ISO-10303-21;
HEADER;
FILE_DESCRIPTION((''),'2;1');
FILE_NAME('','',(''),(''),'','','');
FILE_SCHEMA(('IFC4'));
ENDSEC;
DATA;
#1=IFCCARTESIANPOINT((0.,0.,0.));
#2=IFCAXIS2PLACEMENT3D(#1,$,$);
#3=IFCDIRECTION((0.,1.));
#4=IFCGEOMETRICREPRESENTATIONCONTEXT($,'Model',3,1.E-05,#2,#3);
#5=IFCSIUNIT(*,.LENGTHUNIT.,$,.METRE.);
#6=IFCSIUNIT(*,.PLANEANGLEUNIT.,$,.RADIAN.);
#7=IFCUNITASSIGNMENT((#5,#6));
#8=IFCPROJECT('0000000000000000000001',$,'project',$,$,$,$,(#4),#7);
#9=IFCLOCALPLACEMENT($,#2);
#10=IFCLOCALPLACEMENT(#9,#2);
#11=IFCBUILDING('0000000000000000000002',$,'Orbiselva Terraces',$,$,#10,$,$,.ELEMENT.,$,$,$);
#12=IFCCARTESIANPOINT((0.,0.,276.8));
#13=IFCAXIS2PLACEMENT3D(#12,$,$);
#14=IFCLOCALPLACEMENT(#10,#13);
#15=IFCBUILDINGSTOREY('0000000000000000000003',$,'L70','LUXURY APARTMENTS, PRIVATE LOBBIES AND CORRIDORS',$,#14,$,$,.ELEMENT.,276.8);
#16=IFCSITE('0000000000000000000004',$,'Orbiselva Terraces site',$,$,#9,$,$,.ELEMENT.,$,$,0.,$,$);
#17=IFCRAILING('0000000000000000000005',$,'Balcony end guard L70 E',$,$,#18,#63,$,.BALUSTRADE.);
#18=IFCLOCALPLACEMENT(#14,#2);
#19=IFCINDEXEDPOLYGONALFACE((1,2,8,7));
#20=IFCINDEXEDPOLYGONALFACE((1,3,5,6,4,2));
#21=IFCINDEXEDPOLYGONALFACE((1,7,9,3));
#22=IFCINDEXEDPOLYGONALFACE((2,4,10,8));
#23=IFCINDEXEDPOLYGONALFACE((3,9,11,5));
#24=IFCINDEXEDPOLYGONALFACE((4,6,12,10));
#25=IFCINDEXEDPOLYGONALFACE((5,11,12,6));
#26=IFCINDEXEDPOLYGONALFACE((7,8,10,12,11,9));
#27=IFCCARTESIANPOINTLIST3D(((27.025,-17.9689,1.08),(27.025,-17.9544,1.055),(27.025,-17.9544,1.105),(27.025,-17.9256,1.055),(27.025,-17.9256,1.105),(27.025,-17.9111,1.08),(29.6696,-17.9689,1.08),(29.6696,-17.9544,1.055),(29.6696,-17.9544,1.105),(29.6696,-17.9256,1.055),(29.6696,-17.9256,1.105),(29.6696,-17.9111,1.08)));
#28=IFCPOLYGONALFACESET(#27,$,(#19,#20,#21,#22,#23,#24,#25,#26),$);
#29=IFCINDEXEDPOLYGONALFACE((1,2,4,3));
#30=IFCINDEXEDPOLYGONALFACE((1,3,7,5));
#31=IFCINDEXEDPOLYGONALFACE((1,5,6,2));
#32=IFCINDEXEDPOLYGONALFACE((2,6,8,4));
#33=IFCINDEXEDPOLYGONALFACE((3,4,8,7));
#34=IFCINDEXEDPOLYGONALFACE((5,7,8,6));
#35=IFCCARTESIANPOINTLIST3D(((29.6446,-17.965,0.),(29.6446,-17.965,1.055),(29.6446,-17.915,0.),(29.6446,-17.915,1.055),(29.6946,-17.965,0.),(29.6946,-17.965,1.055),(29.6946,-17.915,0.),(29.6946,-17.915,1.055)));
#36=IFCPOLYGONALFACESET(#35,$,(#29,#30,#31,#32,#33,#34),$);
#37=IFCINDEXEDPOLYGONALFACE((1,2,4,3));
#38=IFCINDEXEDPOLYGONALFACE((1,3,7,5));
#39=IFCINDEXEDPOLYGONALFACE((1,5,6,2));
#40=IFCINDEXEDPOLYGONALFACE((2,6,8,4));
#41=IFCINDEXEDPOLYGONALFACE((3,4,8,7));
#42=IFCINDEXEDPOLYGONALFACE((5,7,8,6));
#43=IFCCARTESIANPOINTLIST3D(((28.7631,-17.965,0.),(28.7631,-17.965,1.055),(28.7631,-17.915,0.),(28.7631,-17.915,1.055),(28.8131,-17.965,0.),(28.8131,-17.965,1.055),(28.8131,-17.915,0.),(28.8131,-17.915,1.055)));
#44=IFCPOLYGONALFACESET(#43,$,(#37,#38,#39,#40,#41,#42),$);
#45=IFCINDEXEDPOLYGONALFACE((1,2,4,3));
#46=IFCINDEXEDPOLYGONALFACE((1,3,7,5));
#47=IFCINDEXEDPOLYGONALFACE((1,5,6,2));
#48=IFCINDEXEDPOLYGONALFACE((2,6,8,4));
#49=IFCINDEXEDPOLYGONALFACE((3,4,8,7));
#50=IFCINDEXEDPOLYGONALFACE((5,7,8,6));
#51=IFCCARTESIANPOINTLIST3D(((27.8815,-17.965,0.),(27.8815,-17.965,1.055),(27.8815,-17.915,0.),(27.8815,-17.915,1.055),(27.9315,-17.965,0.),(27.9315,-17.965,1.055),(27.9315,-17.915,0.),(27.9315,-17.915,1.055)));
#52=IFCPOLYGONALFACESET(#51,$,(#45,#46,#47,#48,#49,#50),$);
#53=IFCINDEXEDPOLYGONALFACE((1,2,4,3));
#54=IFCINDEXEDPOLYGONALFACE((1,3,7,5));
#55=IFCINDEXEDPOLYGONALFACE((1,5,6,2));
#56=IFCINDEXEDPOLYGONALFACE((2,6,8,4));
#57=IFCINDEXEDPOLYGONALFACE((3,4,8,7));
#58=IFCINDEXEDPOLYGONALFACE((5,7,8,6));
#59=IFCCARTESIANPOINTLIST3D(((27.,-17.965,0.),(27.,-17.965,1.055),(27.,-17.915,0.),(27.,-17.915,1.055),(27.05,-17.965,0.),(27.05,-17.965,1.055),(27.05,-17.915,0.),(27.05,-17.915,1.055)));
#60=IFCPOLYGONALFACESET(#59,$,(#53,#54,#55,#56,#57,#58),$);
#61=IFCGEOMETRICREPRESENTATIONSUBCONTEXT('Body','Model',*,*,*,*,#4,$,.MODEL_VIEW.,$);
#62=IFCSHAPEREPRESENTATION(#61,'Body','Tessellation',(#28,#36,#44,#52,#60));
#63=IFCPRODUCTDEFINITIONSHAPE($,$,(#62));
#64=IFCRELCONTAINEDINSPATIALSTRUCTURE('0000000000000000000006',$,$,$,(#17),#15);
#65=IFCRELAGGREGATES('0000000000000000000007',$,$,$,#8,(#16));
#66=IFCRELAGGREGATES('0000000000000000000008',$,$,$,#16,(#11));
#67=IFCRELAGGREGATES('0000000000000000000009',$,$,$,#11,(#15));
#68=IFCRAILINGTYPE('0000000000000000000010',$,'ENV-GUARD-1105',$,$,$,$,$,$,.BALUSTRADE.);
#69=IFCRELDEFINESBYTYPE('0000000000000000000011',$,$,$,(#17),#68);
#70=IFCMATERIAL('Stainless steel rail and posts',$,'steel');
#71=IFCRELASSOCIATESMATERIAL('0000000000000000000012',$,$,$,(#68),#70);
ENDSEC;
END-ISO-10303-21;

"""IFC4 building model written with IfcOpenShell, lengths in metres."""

from ifc_helpers import new_model, si_unit, direction, frame, origin, origin_2d, place, context, subcontext, project, spatial, polyline, rectangle, outline, extrude, material, type_object, element, save


model = new_model("IFC4")

# Units and contexts
model_context = context("Model", 3, precision=1e-05, world=origin(), true_north=direction((0.0, 1.0)))
body_context = subcontext(model_context, "Body", "Model", "MODEL_VIEW")
ifc_project = project(units=[si_unit("LENGTHUNIT", "METRE"), si_unit("PLANEANGLEUNIT", "RADIAN")], contexts=[model_context])

# Site, building, storey
site_placement = place(None, origin())
site = spatial("IfcSite", under=ifc_project, at=site_placement, Name="Orbiselva Terraces site", CompositionType="ELEMENT", RefElevation=0.0)
building_placement = place(site_placement, origin())
building = spatial("IfcBuilding", under=site, at=building_placement, Name="Orbiselva Terraces", CompositionType="ELEMENT")
storey_placement = place(building_placement, frame((0.0, 0.0, 276.8)))
storey = spatial("IfcBuildingStorey", under=building, at=storey_placement, Name="L70", Description="LUXURY APARTMENTS, PRIVATE LOBBIES AND CORRIDORS", CompositionType="ELEMENT", Elevation=276.8)

# Railing
ifc_material_1 = material(Name="Stainless steel rail and posts", Category="steel")
railing_type_1 = type_object("IfcRailingType", Name="ENV-GUARD-1105", PredefinedType="BALUSTRADE", material=ifc_material_1)
railing_1_placement = place(storey_placement, frame((29.6696, -17.94, 0.0)))
element("IfcRailing", 1, at=railing_1_placement, inside=storey, type_object=railing_type_1, Name="Balcony end guard L70 E", PredefinedType="BALUSTRADE", context=body_context, shape_type="SweptSolid", body=[
    extrude(outline(polyline([(0.0289, 0.0), (0.0144, 0.025), (-0.0144, 0.025), (-0.0289, 0.0), (-0.0144, -0.025), (0.0144, -0.025), (0.0289, 0.0)])), frame((0.0, 0.0, 1.08), z_axis=(-1.0, 0.0, 0.0), x_axis=(0.0, -1.0, 0.0)), (0.0, 0.0, 1.0), 2.6446),
    extrude(rectangle(XDim=0.05, YDim=0.05, at=origin_2d()), origin(), (0.0, 0.0, 1.0), 1.055),
    extrude(rectangle(XDim=0.05, YDim=0.05, at=origin_2d()), frame((-0.8815, 0.0, 0.0)), (0.0, 0.0, 1.0), 1.055),
    extrude(rectangle(XDim=0.05, YDim=0.05, at=origin_2d()), frame((-1.7631, 0.0, 0.0)), (0.0, 0.0, 1.0), 1.055),
    extrude(rectangle(XDim=0.05, YDim=0.05, at=origin_2d()), frame((-2.6446, 0.0, 0.0)), (0.0, 0.0, 1.0), 1.055),
])

save(model, "model.ifc")
